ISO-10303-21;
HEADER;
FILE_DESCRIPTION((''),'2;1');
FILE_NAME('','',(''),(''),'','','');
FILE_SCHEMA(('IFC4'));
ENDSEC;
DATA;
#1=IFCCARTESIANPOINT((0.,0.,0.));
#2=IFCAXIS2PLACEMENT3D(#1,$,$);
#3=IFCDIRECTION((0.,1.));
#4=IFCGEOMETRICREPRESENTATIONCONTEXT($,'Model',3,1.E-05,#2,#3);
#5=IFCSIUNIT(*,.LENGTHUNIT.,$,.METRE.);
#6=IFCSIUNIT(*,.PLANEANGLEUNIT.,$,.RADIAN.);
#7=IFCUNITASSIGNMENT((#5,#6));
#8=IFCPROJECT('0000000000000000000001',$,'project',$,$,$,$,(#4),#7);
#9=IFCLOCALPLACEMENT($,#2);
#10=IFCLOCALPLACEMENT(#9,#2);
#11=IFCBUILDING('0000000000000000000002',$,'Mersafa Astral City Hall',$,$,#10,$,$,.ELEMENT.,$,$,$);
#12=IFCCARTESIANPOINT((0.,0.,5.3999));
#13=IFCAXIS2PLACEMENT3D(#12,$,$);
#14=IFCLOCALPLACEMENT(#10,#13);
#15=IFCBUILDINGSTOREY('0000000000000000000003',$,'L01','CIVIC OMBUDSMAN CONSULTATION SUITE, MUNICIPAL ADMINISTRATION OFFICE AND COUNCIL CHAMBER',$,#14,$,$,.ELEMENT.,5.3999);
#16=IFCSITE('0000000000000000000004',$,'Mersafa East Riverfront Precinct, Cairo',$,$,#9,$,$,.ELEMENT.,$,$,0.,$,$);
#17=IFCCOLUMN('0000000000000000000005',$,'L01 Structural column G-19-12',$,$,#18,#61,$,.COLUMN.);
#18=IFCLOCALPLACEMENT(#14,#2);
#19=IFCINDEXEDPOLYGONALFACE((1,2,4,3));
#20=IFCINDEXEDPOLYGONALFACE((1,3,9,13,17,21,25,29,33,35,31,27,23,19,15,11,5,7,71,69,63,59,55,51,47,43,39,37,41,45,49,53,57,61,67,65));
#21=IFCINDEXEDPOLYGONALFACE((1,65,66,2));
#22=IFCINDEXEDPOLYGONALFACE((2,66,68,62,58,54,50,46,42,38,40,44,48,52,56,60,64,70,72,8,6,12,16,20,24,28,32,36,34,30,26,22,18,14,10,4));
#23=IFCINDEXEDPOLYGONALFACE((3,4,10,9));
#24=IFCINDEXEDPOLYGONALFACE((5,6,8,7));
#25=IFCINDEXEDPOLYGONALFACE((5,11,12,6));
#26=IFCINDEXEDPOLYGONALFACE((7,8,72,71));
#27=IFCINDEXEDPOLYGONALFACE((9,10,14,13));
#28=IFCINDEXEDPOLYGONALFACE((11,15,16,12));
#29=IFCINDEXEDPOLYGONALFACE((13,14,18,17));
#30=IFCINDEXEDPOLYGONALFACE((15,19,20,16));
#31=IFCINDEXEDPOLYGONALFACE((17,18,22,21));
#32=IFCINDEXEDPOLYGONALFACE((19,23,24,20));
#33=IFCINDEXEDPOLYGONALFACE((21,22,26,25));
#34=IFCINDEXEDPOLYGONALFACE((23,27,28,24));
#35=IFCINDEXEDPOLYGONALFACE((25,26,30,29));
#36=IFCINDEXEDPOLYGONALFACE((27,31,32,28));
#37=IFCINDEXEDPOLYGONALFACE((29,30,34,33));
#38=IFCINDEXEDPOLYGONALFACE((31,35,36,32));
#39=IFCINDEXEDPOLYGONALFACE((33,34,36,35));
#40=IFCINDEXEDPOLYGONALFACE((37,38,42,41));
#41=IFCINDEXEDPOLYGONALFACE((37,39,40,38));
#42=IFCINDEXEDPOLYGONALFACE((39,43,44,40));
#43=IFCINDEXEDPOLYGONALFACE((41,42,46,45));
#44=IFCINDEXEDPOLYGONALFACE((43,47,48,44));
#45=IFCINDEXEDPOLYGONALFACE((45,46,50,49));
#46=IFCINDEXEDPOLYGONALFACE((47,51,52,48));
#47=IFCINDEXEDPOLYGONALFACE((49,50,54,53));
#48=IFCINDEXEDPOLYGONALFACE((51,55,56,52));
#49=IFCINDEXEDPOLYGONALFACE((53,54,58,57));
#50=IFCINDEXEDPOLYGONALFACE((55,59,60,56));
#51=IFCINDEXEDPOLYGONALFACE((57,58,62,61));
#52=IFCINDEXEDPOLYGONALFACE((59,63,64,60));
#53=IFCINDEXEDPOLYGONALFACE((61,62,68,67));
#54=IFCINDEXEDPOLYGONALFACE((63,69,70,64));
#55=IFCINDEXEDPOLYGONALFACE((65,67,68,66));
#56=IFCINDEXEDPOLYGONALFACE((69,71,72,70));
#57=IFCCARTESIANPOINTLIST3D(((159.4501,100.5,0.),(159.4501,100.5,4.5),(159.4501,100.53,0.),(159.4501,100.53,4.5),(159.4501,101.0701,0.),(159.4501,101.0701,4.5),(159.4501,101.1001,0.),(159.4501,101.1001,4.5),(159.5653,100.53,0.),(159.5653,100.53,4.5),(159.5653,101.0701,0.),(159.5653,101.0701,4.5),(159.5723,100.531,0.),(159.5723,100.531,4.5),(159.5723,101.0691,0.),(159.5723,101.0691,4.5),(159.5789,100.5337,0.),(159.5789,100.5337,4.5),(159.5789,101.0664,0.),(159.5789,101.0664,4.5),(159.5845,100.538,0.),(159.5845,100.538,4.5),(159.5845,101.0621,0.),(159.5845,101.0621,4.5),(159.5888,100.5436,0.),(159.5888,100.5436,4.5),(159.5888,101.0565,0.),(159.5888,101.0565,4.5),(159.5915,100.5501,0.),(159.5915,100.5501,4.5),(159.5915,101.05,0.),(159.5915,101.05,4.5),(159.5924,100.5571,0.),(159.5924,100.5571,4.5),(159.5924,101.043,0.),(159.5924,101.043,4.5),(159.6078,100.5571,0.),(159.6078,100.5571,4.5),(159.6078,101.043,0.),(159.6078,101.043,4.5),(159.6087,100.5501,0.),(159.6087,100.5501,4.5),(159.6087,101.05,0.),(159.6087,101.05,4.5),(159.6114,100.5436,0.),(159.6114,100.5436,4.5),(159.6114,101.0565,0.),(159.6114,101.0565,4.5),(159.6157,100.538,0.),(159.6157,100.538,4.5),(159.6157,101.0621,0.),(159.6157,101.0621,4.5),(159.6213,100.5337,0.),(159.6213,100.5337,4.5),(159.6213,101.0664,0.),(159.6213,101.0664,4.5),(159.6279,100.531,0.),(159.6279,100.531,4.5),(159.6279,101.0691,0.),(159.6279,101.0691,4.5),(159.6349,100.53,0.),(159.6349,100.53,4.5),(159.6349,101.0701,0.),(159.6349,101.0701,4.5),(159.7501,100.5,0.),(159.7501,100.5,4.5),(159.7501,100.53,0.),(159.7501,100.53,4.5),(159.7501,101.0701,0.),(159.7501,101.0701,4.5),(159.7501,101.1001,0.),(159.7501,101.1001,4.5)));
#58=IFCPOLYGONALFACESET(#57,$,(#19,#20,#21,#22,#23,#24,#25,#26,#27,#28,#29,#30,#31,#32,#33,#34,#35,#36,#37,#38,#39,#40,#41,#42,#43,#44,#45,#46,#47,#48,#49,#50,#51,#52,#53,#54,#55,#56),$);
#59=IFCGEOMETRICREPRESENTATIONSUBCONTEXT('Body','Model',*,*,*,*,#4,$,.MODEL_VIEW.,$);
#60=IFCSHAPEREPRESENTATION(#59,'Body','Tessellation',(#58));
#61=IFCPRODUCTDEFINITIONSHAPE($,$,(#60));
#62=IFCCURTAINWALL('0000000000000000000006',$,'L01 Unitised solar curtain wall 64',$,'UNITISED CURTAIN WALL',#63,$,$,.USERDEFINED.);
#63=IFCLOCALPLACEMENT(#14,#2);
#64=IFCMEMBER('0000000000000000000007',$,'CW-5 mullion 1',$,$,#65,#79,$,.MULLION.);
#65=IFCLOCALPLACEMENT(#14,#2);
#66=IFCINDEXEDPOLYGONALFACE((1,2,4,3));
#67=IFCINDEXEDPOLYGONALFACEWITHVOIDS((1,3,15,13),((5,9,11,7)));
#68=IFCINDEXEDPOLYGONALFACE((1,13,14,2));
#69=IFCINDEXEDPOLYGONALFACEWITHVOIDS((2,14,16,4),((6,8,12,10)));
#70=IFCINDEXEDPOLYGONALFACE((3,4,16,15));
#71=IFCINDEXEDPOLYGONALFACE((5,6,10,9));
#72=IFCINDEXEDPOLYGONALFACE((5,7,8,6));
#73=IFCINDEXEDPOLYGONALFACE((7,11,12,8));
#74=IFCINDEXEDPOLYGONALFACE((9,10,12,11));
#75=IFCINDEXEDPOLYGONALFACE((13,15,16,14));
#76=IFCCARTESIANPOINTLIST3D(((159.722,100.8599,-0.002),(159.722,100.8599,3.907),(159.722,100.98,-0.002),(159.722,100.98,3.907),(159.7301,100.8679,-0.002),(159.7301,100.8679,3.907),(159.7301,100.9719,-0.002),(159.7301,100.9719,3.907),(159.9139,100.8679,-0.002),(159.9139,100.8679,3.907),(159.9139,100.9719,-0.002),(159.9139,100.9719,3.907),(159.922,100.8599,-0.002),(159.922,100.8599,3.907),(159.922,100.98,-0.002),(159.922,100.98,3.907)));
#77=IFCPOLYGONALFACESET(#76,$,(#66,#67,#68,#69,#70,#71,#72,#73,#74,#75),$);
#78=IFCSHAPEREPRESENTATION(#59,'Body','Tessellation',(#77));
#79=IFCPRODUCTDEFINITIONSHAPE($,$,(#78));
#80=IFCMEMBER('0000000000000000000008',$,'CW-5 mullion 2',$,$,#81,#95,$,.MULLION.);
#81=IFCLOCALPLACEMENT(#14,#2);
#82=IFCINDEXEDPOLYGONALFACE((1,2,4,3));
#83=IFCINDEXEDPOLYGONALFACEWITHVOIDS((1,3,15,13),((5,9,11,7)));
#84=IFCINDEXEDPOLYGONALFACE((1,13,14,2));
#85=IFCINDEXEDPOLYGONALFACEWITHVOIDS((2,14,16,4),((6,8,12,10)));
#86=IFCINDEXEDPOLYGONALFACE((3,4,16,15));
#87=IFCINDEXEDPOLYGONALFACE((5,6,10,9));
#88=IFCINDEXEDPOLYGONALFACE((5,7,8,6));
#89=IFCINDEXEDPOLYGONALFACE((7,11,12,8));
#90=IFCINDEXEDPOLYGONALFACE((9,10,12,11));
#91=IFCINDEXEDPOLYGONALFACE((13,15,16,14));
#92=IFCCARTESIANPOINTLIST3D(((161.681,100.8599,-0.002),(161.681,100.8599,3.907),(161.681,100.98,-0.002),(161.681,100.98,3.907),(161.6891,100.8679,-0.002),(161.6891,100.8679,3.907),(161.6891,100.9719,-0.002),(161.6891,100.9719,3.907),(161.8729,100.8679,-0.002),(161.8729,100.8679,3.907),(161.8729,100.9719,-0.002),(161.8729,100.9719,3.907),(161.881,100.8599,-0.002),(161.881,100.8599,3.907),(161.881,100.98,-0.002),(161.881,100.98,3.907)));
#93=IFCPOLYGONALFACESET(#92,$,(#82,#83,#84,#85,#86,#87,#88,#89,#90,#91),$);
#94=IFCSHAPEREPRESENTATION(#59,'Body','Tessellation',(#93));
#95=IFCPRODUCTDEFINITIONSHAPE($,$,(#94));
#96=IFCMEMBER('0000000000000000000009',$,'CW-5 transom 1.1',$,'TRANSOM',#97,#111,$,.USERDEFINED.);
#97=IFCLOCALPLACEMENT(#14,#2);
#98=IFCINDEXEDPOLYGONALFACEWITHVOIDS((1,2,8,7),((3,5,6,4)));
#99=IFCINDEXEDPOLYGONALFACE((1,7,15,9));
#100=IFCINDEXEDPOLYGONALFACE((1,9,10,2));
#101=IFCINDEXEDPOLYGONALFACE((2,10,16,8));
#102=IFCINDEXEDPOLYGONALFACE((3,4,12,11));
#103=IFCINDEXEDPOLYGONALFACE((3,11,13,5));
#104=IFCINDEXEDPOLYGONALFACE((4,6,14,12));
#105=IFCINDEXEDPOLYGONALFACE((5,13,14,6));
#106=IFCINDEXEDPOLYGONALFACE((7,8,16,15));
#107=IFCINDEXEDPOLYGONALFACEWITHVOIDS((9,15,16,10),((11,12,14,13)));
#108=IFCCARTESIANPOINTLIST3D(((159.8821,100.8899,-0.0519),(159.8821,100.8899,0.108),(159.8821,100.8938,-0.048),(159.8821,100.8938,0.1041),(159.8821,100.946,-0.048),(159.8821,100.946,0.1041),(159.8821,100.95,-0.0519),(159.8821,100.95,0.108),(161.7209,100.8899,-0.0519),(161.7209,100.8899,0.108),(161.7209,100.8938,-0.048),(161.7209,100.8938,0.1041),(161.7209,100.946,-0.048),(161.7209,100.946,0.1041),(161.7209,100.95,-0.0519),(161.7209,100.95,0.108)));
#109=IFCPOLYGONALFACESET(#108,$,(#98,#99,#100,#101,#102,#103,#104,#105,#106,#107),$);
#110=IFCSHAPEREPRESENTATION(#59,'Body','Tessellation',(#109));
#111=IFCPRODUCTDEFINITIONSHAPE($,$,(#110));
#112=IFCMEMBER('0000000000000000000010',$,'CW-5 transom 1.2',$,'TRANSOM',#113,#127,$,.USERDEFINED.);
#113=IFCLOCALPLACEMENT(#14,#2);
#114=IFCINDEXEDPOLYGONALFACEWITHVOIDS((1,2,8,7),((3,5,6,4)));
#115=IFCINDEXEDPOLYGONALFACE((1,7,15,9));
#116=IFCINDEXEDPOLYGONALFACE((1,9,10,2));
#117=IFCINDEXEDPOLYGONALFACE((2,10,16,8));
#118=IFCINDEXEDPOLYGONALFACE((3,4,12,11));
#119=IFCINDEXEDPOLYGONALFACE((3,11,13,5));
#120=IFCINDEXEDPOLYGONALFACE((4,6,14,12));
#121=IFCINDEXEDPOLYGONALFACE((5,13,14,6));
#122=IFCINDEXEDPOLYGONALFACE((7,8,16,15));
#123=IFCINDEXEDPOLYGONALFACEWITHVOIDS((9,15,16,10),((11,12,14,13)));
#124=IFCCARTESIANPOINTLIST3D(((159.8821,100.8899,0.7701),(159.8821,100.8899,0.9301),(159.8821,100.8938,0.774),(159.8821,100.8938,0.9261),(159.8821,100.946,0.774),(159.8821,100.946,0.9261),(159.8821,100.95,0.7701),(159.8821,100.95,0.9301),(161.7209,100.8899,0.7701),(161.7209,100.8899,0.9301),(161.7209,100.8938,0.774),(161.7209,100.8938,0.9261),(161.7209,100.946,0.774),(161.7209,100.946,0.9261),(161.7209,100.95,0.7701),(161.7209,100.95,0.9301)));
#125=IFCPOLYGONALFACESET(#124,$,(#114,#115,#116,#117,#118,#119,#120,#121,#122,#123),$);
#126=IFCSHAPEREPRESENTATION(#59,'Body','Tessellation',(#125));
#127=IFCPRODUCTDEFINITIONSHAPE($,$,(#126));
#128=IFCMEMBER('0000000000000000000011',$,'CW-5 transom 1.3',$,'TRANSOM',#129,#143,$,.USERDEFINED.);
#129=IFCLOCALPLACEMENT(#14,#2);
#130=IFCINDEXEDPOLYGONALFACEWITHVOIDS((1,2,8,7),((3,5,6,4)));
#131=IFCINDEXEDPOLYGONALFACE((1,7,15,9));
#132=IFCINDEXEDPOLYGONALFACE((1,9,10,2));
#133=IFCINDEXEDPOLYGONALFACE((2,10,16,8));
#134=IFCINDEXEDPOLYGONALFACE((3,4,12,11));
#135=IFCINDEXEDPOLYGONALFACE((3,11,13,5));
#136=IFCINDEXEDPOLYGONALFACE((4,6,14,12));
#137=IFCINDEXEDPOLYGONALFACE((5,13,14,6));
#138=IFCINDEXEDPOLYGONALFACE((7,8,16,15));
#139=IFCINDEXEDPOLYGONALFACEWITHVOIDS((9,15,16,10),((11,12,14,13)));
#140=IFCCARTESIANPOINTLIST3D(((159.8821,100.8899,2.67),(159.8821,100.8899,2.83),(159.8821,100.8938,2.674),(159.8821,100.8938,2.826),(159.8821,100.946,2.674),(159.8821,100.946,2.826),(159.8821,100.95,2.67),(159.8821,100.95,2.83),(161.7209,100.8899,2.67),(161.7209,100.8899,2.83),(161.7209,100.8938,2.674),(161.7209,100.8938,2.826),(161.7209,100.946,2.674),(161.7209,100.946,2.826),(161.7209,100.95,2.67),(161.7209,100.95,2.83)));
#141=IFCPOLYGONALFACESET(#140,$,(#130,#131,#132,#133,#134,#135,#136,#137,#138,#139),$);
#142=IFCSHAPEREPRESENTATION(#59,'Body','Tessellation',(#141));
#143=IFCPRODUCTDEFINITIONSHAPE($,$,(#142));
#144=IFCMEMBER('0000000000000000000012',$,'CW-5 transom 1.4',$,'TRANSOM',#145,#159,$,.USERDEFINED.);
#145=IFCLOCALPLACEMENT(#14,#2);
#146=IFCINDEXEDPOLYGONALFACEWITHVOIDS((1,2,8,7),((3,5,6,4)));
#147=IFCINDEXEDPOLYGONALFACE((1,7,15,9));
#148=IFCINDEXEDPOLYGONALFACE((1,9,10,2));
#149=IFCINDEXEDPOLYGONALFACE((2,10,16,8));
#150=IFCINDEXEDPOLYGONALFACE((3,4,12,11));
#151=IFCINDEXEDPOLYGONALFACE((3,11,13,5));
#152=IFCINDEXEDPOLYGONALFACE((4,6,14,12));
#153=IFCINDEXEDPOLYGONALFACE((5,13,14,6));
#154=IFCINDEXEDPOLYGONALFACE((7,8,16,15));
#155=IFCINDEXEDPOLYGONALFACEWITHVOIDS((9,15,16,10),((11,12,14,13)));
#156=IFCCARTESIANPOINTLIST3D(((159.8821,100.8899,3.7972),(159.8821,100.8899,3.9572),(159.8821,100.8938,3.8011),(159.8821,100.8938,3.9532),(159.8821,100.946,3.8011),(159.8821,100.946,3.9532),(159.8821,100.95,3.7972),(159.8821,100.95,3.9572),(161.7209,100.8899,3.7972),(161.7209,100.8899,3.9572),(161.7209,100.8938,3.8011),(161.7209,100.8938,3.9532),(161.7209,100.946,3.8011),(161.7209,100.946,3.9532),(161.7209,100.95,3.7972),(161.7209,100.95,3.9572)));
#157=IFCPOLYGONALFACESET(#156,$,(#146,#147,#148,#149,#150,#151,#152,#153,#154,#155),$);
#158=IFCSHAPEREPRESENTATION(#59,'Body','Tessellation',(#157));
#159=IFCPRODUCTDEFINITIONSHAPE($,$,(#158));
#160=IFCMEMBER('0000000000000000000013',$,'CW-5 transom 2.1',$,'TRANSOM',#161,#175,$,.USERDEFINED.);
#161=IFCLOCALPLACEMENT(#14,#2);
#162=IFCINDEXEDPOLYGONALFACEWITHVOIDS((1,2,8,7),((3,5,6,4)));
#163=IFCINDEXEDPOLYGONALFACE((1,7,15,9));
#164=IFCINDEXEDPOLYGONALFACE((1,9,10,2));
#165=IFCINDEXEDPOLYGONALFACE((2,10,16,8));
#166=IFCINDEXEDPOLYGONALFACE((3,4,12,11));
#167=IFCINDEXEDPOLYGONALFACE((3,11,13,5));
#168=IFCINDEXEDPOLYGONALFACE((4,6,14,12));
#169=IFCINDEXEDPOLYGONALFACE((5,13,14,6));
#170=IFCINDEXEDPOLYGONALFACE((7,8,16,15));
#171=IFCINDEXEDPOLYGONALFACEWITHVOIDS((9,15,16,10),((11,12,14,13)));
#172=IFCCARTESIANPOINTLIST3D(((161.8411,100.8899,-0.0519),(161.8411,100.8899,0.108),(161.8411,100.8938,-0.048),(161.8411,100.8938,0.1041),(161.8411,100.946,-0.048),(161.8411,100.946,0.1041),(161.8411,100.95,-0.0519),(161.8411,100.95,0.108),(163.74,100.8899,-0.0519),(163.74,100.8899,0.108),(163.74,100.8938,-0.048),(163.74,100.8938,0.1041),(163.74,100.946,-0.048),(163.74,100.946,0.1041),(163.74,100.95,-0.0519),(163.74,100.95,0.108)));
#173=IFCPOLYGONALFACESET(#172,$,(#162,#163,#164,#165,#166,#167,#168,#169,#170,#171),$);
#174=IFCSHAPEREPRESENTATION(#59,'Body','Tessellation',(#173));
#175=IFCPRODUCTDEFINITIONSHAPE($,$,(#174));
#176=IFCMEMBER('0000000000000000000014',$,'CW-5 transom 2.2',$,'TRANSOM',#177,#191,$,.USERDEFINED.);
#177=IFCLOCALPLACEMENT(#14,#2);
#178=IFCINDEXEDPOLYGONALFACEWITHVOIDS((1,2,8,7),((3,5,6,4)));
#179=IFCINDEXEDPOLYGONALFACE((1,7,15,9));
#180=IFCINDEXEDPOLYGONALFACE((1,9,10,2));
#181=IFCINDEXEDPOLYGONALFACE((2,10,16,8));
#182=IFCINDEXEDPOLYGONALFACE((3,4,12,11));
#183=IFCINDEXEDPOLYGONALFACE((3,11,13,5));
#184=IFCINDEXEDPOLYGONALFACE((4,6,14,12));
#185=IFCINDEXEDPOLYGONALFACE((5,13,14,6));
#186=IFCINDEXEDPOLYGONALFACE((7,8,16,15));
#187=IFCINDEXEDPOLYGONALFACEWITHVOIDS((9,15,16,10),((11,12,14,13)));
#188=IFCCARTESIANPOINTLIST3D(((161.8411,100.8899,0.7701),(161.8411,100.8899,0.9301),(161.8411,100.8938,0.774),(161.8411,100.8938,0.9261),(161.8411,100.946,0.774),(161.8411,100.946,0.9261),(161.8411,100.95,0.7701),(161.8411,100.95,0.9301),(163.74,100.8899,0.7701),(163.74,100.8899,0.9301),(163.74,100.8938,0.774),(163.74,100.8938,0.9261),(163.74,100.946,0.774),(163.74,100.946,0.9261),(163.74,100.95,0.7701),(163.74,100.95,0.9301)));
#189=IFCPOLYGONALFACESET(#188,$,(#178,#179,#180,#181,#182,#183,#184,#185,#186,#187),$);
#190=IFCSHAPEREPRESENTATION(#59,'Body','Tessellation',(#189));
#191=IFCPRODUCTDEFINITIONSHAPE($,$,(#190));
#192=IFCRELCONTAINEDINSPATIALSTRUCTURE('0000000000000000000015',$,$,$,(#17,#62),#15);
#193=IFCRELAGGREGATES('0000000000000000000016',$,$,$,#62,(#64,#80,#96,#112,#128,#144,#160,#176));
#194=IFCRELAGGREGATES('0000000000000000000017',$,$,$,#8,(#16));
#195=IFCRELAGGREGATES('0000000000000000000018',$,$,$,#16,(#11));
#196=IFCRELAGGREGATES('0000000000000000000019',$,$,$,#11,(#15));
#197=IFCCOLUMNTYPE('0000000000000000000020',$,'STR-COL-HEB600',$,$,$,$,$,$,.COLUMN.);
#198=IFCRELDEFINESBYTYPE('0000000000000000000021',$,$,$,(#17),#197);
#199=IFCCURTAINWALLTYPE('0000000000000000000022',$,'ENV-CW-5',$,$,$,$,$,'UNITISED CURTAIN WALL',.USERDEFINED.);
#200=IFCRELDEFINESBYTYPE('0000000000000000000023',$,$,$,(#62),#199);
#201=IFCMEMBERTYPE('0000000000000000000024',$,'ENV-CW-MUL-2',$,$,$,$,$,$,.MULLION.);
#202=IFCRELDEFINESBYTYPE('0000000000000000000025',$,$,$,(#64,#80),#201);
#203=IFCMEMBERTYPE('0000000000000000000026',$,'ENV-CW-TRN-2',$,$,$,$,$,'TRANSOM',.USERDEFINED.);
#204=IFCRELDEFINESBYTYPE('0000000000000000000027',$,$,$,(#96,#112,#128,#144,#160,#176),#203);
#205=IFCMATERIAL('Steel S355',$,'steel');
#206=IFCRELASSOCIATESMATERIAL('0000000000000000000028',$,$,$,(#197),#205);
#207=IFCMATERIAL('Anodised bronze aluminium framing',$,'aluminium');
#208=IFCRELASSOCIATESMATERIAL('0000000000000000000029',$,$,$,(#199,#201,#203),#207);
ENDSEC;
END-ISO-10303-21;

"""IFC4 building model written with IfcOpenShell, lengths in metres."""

from ifc_helpers import new_model, si_unit, direction, frame, origin, origin_2d, place, context, subcontext, project, spatial, hollow_rectangle, i_section, extrude, material, material_profile, profile_set, type_object, element, aggregate, save


model = new_model("IFC4")

# Units and contexts
model_context = context("Model", 3, precision=1e-05, world=origin(), true_north=direction((0.0, 1.0)))
body_context = subcontext(model_context, "Body", "Model", "MODEL_VIEW")
ifc_project = project(units=[si_unit("LENGTHUNIT", "METRE"), si_unit("PLANEANGLEUNIT", "RADIAN")], contexts=[model_context])

# Site, building, storey
site_placement = place(None, origin())
site = spatial("IfcSite", under=ifc_project, at=site_placement, Name="Mersafa East Riverfront Precinct, Cairo", CompositionType="ELEMENT", RefElevation=0.0)
building_placement = place(site_placement, origin())
building = spatial("IfcBuilding", under=site, at=building_placement, Name="Mersafa Astral City Hall", CompositionType="ELEMENT")
storey_placement = place(building_placement, frame((0.0, 0.0, 5.3999)))
storey = spatial("IfcBuildingStorey", under=building, at=storey_placement, Name="L01", Description="CIVIC OMBUDSMAN CONSULTATION SUITE, MUNICIPAL ADMINISTRATION OFFICE AND COUNCIL CHAMBER", CompositionType="ELEMENT", Elevation=5.3999)

# Column
ifc_material_1 = material(Name="Steel S355", Category="steel")
ifc_material_profile_1 = material_profile(ifc_material_1, i_section(OverallWidth=0.3, OverallDepth=0.6001, WebThickness=0.0154, FlangeThickness=0.03, FilletRadius=0.0271, at=origin_2d()), Name="HEB 600")
ifc_profile_set_1 = profile_set([ifc_material_profile_1], Name="Steel S355")
column_type = type_object("IfcColumnType", Name="STR-COL-HEB600", PredefinedType="COLUMN", material=ifc_profile_set_1)
column_placement = place(storey_placement, frame((159.6001, 100.8, 0.0), z_axis=(0.0, 0.0, 1.0), x_axis=(1.0, 0.0, 0.0)))
element("IfcColumn", 1, at=column_placement, inside=storey, type_object=column_type, Name="L01 Structural column G-19-12", PredefinedType="COLUMN", context=body_context, shape_type="SweptSolid", body=[
    extrude(i_section(OverallWidth=0.3, OverallDepth=0.6001, WebThickness=0.0154, FlangeThickness=0.03, FilletRadius=0.0271, at=origin_2d()), origin(), (0.0, 0.0, 1.0), 4.5),
])

# Curtain wall, members
ifc_material_2 = material(Name="Anodised bronze aluminium framing", Category="aluminium")
curtain_wall_type = type_object("IfcCurtainWallType", Name="ENV-CW-5", ElementType="UNITISED CURTAIN WALL", PredefinedType="USERDEFINED", material=ifc_material_2)
curtain_wall_placement = place(storey_placement, origin())
curtain_wall = element("IfcCurtainWall", 2, at=curtain_wall_placement, inside=storey, type_object=curtain_wall_type, Name="L01 Unitised solar curtain wall 64", ObjectType="UNITISED CURTAIN WALL", PredefinedType="USERDEFINED")
ifc_material_profile_2 = material_profile(ifc_material_2, hollow_rectangle(XDim=0.1201, YDim=0.2, WallThickness=0.0081, at=origin_2d()), Name="RHS 120x200x8")
ifc_profile_set_2 = profile_set([ifc_material_profile_2], Name="Anodised bronze aluminium framing")
member_type_1 = type_object("IfcMemberType", Name="ENV-CW-MUL-2", PredefinedType="MULLION", material=ifc_profile_set_2)
member_1_placement = place(storey_placement, frame((159.822, 100.9199, -0.002), z_axis=(0.0, 0.0, 1.0), x_axis=(0.0, 1.0, 0.0)))
member_1 = element("IfcMember", 3, at=member_1_placement, type_object=member_type_1, Name="CW-5 mullion 1", PredefinedType="MULLION", context=body_context, shape_type="SweptSolid", body=[
    extrude(hollow_rectangle(XDim=0.1201, YDim=0.2, WallThickness=0.0081, at=origin_2d()), origin(), (0.0, 0.0, 1.0), 3.9089),
])
member_2_placement = place(storey_placement, frame((161.781, 100.9199, -0.002), z_axis=(0.0, 0.0, 1.0), x_axis=(0.0, 1.0, 0.0)))
member_2 = element("IfcMember", 4, at=member_2_placement, type_object=member_type_1, Name="CW-5 mullion 2", PredefinedType="MULLION", context=body_context, shape_type="SweptSolid", body=[
    extrude(hollow_rectangle(XDim=0.1201, YDim=0.2, WallThickness=0.0081, at=origin_2d()), origin(), (0.0, 0.0, 1.0), 3.9089),
])
ifc_material_profile_3 = material_profile(ifc_material_2, hollow_rectangle(XDim=0.0601, YDim=0.1599, WallThickness=0.0039, at=origin_2d()), Name="RHS 60x160x4")
ifc_profile_set_3 = profile_set([ifc_material_profile_3], Name="Anodised bronze aluminium framing")
member_type_2 = type_object("IfcMemberType", Name="ENV-CW-TRN-2", ElementType="TRANSOM", PredefinedType="USERDEFINED", material=ifc_profile_set_3)
member_3_placement = place(storey_placement, frame((159.8821, 100.9199, 0.0281), z_axis=(1.0, 0.0, 0.0), x_axis=(0.0, 1.0, 0.0)))
member_3 = element("IfcMember", 5, at=member_3_placement, type_object=member_type_2, Name="CW-5 transom 1.1", ObjectType="TRANSOM", PredefinedType="USERDEFINED", context=body_context, shape_type="SweptSolid", body=[
    extrude(hollow_rectangle(XDim=0.0601, YDim=0.1599, WallThickness=0.0039, at=origin_2d()), origin(), (0.0, 0.0, 1.0), 1.8389),
])
member_4_placement = place(storey_placement, frame((159.8821, 100.9199, 0.8501), z_axis=(1.0, 0.0, 0.0), x_axis=(0.0, 1.0, 0.0)))
member_4 = element("IfcMember", 6, at=member_4_placement, type_object=member_type_2, Name="CW-5 transom 1.2", ObjectType="TRANSOM", PredefinedType="USERDEFINED", context=body_context, shape_type="SweptSolid", body=[
    extrude(hollow_rectangle(XDim=0.0601, YDim=0.1599, WallThickness=0.0039, at=origin_2d()), origin(), (0.0, 0.0, 1.0), 1.8389),
])
member_5_placement = place(storey_placement, frame((159.8821, 100.9199, 2.75), z_axis=(1.0, 0.0, 0.0), x_axis=(0.0, 1.0, 0.0)))
member_5 = element("IfcMember", 7, at=member_5_placement, type_object=member_type_2, Name="CW-5 transom 1.3", ObjectType="TRANSOM", PredefinedType="USERDEFINED", context=body_context, shape_type="SweptSolid", body=[
    extrude(hollow_rectangle(XDim=0.0601, YDim=0.1599, WallThickness=0.0039, at=origin_2d()), origin(), (0.0, 0.0, 1.0), 1.8389),
])
member_6_placement = place(storey_placement, frame((159.8821, 100.9199, 3.8772), z_axis=(1.0, 0.0, 0.0), x_axis=(0.0, 1.0, 0.0)))
member_6 = element("IfcMember", 8, at=member_6_placement, type_object=member_type_2, Name="CW-5 transom 1.4", ObjectType="TRANSOM", PredefinedType="USERDEFINED", context=body_context, shape_type="SweptSolid", body=[
    extrude(hollow_rectangle(XDim=0.0601, YDim=0.1599, WallThickness=0.0039, at=origin_2d()), origin(), (0.0, 0.0, 1.0), 1.8389),
])
member_7_placement = place(storey_placement, frame((161.8411, 100.9199, 0.0281), z_axis=(1.0, 0.0, 0.0), x_axis=(0.0, 1.0, 0.0)))
member_7 = element("IfcMember", 9, at=member_7_placement, type_object=member_type_2, Name="CW-5 transom 2.1", ObjectType="TRANSOM", PredefinedType="USERDEFINED", context=body_context, shape_type="SweptSolid", body=[
    extrude(hollow_rectangle(XDim=0.0601, YDim=0.1599, WallThickness=0.0039, at=origin_2d()), origin(), (0.0, 0.0, 1.0), 1.8989),
])
member_8_placement = place(storey_placement, frame((161.8411, 100.9199, 0.8501), z_axis=(1.0, 0.0, 0.0), x_axis=(0.0, 1.0, 0.0)))
member_8 = element("IfcMember", 10, at=member_8_placement, type_object=member_type_2, Name="CW-5 transom 2.2", ObjectType="TRANSOM", PredefinedType="USERDEFINED", context=body_context, shape_type="SweptSolid", body=[
    extrude(hollow_rectangle(XDim=0.0601, YDim=0.1599, WallThickness=0.0039, at=origin_2d()), origin(), (0.0, 0.0, 1.0), 1.8989),
])

aggregate(curtain_wall, [member_1, member_2, member_3, member_4, member_5, member_6, member_7, member_8])

save(model, "model.ifc")
